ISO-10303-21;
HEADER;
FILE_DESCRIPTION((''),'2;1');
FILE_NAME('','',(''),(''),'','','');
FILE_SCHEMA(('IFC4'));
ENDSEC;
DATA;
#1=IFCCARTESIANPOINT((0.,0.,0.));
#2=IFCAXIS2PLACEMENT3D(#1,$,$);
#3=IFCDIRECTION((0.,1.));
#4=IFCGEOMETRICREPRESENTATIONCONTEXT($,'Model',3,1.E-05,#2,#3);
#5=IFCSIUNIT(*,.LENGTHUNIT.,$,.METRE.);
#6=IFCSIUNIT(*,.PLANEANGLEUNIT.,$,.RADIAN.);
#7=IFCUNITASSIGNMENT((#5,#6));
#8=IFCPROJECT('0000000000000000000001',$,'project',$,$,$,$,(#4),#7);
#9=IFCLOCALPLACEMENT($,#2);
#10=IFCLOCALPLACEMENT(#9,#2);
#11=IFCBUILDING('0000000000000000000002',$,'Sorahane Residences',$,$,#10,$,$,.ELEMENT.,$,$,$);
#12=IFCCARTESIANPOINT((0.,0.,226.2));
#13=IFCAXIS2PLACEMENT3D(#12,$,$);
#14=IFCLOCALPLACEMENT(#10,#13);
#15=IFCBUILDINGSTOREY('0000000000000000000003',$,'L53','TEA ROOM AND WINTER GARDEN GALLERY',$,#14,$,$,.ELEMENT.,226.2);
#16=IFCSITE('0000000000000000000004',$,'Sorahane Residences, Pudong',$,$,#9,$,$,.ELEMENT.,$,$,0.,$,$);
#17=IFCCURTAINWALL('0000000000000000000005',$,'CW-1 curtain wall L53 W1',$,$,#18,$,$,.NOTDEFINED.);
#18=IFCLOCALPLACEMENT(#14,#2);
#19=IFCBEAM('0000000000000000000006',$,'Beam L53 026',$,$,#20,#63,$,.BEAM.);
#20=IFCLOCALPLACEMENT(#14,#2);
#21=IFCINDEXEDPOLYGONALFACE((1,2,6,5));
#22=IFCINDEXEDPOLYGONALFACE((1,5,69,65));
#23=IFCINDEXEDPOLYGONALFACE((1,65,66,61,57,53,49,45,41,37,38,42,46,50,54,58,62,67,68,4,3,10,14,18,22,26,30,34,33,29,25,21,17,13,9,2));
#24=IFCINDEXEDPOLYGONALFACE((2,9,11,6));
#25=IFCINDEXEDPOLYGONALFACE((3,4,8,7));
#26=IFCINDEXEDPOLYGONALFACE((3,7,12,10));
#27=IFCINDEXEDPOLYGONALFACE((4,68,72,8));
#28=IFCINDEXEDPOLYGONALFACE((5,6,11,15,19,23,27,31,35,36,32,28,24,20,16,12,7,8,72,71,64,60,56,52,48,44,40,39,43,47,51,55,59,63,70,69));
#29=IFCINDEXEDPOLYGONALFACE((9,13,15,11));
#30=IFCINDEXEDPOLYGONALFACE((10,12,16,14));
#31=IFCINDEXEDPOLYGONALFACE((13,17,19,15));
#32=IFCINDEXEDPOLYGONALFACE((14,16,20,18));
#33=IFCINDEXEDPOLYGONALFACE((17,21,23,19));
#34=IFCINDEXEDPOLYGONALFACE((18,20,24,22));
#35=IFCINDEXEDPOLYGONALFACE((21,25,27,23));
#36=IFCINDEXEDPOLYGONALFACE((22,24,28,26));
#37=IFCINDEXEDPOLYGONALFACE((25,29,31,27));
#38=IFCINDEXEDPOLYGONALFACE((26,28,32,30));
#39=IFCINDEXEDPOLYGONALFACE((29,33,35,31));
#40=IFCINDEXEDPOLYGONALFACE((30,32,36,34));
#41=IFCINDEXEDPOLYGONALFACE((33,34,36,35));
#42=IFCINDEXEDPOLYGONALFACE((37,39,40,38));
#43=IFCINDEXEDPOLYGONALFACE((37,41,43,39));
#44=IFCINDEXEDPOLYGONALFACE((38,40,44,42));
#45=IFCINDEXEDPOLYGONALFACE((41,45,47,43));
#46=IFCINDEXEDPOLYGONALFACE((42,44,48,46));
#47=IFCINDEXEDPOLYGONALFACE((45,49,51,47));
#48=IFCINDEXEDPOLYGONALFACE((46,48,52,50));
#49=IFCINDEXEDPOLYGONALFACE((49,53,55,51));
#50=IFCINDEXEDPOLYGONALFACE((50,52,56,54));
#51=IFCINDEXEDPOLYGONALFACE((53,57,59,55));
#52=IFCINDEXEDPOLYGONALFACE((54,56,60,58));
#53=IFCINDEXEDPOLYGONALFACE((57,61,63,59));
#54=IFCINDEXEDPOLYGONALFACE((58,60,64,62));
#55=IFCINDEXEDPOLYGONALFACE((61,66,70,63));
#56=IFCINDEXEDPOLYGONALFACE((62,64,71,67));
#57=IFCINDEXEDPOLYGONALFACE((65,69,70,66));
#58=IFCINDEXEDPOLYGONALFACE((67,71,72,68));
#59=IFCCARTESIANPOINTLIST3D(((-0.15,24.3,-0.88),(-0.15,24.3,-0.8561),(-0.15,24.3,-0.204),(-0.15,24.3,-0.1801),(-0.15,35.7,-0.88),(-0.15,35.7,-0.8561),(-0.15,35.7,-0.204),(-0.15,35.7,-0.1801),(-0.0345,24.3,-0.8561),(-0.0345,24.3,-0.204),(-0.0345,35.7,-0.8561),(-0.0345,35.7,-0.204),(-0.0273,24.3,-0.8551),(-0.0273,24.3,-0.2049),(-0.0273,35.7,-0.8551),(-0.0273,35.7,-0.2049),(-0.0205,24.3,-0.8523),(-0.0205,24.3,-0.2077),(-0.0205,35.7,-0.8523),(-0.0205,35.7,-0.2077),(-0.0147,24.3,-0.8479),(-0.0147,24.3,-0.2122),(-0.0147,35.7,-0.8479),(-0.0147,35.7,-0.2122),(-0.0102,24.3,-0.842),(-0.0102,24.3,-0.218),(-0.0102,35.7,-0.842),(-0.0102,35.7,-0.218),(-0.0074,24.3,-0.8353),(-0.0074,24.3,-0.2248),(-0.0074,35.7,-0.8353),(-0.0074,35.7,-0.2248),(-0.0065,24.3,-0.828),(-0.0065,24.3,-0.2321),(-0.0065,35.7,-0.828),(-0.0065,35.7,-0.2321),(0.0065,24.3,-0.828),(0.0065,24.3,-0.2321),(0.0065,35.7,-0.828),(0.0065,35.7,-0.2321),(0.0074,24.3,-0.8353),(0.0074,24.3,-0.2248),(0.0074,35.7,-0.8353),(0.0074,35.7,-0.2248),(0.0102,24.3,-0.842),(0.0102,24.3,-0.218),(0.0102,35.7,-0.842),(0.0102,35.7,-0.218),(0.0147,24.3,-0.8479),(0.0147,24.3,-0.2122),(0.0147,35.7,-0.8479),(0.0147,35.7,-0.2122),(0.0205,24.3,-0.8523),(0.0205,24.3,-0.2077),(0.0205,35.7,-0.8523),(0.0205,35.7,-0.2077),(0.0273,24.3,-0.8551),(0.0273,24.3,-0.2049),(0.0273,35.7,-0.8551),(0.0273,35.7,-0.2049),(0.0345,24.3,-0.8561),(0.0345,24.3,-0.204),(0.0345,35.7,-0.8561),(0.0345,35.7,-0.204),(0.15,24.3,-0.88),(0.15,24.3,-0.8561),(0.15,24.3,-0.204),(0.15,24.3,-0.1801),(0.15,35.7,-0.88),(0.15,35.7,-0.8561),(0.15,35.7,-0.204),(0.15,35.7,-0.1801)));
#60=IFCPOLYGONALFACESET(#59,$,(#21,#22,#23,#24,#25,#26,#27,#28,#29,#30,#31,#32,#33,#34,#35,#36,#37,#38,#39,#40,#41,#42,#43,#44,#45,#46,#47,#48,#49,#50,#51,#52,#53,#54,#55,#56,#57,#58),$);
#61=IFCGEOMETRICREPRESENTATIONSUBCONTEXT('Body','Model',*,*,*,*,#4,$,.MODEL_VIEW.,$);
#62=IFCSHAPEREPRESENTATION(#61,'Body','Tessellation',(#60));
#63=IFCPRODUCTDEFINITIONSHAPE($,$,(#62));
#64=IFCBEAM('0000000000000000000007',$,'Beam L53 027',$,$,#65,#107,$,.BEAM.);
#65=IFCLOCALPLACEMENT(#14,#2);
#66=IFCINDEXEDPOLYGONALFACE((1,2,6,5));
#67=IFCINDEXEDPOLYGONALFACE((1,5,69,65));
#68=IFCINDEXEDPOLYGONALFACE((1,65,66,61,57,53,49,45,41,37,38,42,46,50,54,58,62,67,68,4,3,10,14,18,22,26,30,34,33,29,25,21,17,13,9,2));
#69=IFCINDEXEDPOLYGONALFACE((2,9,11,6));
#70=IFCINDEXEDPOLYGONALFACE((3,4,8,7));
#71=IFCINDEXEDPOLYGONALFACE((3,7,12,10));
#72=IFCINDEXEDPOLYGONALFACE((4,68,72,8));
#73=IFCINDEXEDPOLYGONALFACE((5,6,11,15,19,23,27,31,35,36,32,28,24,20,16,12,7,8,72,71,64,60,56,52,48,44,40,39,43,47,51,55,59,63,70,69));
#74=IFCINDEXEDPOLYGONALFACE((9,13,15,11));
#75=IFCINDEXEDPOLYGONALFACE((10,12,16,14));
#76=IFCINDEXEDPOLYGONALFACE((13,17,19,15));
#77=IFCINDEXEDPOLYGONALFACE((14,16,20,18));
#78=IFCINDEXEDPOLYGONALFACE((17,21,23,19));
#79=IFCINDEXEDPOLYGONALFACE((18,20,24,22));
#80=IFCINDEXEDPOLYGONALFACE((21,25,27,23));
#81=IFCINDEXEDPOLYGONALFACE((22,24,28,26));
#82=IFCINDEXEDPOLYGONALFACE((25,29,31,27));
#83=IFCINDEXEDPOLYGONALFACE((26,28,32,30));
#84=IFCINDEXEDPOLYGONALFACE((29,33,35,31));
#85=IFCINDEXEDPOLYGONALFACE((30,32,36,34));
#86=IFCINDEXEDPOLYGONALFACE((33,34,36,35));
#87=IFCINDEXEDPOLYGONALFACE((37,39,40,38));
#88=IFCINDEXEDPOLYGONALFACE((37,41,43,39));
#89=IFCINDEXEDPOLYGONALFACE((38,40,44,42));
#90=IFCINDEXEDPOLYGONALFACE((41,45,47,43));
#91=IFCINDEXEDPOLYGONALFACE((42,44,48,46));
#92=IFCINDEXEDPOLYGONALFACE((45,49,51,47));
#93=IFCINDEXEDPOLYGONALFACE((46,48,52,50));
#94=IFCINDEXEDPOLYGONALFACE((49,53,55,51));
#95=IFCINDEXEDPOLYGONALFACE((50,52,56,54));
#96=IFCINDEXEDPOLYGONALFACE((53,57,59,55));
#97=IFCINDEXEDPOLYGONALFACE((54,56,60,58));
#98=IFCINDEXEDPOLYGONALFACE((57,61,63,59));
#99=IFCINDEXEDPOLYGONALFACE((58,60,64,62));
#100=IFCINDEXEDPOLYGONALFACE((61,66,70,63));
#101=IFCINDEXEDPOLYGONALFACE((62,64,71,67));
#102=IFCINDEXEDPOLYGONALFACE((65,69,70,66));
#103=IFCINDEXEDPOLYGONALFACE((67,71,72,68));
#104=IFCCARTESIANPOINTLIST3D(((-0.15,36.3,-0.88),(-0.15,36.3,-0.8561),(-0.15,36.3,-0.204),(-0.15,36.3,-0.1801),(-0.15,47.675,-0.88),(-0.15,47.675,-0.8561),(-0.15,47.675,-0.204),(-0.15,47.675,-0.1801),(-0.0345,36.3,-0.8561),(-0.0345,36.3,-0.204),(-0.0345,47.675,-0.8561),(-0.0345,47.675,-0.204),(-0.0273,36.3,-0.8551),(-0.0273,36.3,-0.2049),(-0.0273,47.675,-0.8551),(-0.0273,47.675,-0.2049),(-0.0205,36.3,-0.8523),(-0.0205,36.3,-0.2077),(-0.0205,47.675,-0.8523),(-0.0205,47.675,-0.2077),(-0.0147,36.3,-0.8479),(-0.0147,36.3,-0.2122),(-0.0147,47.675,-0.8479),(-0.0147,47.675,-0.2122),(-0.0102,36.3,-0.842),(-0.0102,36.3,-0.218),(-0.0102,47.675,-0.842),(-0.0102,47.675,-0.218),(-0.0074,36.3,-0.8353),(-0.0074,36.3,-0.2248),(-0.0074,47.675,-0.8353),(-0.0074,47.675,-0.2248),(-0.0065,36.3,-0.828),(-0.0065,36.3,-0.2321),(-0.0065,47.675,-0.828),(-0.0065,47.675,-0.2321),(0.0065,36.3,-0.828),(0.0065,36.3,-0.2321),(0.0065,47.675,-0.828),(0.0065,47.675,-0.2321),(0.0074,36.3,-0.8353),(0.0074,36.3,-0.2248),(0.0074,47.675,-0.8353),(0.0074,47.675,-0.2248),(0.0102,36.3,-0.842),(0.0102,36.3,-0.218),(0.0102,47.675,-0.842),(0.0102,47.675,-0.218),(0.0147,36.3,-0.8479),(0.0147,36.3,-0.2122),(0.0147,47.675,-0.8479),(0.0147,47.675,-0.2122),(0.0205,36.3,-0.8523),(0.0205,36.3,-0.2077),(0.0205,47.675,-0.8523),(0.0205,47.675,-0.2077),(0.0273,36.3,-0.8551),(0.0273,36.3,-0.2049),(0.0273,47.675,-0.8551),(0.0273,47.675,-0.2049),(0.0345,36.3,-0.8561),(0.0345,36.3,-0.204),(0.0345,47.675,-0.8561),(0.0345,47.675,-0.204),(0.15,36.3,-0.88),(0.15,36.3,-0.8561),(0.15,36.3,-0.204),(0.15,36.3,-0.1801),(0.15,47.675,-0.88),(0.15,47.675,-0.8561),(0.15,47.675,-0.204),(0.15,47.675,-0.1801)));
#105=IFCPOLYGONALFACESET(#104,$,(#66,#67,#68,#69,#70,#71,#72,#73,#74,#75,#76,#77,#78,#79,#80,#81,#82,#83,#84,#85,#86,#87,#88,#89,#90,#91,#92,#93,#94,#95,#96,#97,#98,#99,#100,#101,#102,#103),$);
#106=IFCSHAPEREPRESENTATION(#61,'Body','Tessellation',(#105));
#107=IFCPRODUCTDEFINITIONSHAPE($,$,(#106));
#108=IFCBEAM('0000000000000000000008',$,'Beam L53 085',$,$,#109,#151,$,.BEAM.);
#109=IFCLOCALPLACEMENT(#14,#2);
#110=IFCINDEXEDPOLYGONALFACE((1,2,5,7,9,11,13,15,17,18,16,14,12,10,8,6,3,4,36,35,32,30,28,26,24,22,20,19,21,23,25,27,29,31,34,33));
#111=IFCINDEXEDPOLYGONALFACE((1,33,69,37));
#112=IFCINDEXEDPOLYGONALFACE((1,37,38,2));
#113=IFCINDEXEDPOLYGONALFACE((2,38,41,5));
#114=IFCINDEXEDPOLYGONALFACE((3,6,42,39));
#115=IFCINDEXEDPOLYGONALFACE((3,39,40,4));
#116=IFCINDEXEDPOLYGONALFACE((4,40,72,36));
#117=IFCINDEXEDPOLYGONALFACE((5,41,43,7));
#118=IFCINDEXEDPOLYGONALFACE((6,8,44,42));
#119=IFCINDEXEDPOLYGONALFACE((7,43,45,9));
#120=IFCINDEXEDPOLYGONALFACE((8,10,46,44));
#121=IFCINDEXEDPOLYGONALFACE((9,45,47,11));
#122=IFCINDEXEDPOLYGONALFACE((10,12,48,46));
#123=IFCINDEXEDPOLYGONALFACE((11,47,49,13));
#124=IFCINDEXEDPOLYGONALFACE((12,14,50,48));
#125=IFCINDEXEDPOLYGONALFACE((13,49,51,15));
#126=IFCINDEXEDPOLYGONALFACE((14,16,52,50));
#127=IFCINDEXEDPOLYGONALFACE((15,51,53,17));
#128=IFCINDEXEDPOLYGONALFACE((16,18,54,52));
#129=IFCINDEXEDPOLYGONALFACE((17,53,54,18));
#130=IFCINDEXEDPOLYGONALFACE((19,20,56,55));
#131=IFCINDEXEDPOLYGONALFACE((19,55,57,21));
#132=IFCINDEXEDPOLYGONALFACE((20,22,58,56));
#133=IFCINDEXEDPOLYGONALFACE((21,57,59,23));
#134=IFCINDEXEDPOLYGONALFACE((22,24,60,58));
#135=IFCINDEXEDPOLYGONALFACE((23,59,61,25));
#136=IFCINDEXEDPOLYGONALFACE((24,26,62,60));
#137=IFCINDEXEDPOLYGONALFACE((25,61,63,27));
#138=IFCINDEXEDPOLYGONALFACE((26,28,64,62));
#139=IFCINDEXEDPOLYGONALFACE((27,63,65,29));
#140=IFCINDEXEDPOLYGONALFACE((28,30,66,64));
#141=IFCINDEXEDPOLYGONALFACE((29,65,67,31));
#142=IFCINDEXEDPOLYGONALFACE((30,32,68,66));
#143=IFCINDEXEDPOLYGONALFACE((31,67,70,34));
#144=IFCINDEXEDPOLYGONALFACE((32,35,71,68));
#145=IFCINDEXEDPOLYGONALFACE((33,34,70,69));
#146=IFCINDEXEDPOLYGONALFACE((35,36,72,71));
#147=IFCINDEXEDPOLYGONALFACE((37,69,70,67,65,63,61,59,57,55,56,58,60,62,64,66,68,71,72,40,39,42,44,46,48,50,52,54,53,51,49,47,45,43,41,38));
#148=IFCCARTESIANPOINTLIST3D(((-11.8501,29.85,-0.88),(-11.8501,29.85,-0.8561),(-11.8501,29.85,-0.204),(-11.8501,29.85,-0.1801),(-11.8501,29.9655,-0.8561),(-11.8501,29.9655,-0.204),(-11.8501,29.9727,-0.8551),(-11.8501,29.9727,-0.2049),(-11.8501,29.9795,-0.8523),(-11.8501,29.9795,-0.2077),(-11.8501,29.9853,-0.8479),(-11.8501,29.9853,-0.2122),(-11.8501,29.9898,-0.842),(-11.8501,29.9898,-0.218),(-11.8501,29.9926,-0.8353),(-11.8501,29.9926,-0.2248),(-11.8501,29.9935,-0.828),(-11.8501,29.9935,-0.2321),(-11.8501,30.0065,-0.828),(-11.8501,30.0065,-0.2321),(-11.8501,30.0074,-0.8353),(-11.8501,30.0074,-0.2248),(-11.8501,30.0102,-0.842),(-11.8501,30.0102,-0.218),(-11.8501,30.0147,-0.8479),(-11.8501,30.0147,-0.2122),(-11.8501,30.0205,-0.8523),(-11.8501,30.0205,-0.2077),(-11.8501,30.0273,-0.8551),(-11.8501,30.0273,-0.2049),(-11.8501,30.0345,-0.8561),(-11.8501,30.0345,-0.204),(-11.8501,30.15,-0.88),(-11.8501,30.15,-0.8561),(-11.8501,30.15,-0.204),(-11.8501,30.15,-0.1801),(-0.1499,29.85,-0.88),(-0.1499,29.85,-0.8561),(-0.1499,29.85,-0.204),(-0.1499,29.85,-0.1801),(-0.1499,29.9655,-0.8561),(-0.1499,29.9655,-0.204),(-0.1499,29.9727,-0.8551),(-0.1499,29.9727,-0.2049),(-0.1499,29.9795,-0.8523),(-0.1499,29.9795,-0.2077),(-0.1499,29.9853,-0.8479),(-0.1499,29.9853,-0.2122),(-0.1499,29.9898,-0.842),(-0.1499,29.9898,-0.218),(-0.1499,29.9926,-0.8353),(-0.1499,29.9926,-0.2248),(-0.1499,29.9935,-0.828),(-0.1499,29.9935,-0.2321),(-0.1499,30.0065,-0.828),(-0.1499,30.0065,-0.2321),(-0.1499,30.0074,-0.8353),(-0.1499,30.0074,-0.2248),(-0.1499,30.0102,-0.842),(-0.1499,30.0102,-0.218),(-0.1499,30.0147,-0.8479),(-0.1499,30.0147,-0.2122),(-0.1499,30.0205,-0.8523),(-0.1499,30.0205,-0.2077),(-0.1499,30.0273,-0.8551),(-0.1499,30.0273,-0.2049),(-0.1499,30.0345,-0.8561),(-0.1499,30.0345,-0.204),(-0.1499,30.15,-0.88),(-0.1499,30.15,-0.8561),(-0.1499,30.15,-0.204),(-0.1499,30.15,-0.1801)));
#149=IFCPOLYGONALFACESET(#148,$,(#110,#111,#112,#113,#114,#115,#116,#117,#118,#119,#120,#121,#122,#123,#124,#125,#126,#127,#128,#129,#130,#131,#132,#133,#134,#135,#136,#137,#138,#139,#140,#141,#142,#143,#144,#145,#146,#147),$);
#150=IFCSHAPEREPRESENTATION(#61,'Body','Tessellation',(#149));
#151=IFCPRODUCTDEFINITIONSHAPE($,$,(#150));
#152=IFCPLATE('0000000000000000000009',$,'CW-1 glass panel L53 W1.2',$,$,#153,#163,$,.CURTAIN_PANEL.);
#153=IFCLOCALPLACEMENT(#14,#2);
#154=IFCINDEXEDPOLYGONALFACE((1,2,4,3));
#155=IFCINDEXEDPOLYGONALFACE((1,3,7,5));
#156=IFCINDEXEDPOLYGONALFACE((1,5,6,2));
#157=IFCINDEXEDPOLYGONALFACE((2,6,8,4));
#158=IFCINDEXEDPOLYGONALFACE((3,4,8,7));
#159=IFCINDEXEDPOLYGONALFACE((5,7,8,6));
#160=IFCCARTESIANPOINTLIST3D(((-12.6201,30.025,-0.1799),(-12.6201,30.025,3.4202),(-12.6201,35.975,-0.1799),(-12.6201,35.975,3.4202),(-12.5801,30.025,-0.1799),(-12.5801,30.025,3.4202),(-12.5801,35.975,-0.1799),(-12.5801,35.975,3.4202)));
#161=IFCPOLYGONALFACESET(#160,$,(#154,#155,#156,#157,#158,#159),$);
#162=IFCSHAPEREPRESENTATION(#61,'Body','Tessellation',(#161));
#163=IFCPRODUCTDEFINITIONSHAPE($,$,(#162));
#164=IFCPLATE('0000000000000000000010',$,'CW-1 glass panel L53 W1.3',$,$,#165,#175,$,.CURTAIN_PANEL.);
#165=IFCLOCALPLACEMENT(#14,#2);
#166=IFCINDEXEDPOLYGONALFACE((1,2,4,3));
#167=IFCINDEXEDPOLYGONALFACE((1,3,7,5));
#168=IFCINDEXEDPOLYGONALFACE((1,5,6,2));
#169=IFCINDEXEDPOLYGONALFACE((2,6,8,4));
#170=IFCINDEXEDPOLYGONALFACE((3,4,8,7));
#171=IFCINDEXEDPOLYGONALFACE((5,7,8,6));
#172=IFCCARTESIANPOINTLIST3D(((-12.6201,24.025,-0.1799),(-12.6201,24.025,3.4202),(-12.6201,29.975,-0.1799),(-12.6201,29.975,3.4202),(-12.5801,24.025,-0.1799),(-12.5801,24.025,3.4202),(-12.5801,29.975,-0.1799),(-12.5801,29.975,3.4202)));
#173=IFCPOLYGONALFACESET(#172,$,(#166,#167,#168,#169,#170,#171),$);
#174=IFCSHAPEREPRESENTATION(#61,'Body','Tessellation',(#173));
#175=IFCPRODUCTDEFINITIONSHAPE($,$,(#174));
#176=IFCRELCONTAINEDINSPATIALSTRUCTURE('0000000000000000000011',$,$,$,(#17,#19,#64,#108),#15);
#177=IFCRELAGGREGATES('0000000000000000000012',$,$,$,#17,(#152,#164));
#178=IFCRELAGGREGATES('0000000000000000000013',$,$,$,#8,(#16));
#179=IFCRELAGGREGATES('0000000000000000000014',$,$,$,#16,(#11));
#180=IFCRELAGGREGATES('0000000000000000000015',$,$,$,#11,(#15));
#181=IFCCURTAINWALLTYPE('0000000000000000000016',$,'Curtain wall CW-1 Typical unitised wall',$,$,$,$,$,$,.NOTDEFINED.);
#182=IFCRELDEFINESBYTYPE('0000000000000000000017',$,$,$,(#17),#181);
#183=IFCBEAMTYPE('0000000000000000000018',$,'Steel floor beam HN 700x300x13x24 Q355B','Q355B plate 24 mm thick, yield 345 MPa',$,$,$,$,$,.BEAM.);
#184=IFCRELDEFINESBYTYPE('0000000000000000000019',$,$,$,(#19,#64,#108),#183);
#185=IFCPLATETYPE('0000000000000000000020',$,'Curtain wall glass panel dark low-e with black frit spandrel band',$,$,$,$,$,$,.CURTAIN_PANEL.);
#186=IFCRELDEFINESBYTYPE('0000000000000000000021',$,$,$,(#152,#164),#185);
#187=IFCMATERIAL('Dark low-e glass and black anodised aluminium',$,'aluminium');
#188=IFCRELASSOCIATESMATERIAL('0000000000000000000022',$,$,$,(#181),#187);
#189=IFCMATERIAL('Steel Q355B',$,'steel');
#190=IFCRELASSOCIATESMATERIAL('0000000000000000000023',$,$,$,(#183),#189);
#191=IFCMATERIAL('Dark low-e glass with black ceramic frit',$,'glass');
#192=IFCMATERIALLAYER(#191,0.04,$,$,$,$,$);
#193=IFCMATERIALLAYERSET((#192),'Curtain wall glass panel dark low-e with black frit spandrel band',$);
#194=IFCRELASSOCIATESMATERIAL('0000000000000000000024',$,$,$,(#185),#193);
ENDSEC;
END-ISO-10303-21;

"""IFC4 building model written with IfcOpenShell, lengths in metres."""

from ifc_helpers import new_model, si_unit, direction, frame, origin, origin_2d, place, context, subcontext, project, spatial, rectangle, i_section, extrude, material, layer, layer_set, material_profile, profile_set, type_object, element, aggregate, save


model = new_model("IFC4")

# Units and contexts
model_context = context("Model", 3, precision=1e-05, world=origin(), true_north=direction((0.0, 1.0)))
body_context = subcontext(model_context, "Body", "Model", "MODEL_VIEW")
ifc_project = project(units=[si_unit("LENGTHUNIT", "METRE"), si_unit("PLANEANGLEUNIT", "RADIAN")], contexts=[model_context])

# Site, building, storey
site_placement = place(None, origin())
site = spatial("IfcSite", under=ifc_project, at=site_placement, Name="Sorahane Residences, Pudong", CompositionType="ELEMENT", RefElevation=0.0)
building_placement = place(site_placement, origin())
building = spatial("IfcBuilding", under=site, at=building_placement, Name="Sorahane Residences", CompositionType="ELEMENT")
storey_placement = place(building_placement, frame((0.0, 0.0, 226.2)))
storey = spatial("IfcBuildingStorey", under=building, at=storey_placement, Name="L53", Description="TEA ROOM AND WINTER GARDEN GALLERY", CompositionType="ELEMENT", Elevation=226.2)

# Curtain wall
ifc_material_1 = material(Name="Dark low-e glass and black anodised aluminium", Category="aluminium")
curtain_wall_type = type_object("IfcCurtainWallType", Name="Curtain wall CW-1 Typical unitised wall", PredefinedType="NOTDEFINED", material=ifc_material_1)
curtain_wall_placement = place(storey_placement, origin())
curtain_wall = element("IfcCurtainWall", 1, at=curtain_wall_placement, inside=storey, type_object=curtain_wall_type, Name="CW-1 curtain wall L53 W1", PredefinedType="NOTDEFINED")

# Beams
ifc_material_2 = material(Name="Steel Q355B", Category="steel")
ifc_material_profile_1 = material_profile(ifc_material_2, i_section(OverallWidth=0.3, OverallDepth=0.7, WebThickness=0.0129, FlangeThickness=0.0239, FilletRadius=0.0281, at=origin_2d()), Name="HN 700x300x13x24")
ifc_profile_set_1 = profile_set([ifc_material_profile_1], Name="Steel Q355B")
beam_type_1 = type_object("IfcBeamType", Name="Steel floor beam HN 700x300x13x24 Q355B", Description="Q355B plate 24 mm thick, yield 345 MPa", PredefinedType="BEAM", material=ifc_profile_set_1)
beam_1_placement = place(storey_placement, frame((0.0, 24.3, -0.53), z_axis=(0.0, 1.0, 0.0), x_axis=(-1.0, 0.0, 0.0)))
element("IfcBeam", 2, at=beam_1_placement, inside=storey, type_object=beam_type_1, Name="Beam L53 026", PredefinedType="BEAM", context=body_context, shape_type="SweptSolid", body=[
    extrude(i_section(OverallWidth=0.3, OverallDepth=0.7, WebThickness=0.0129, FlangeThickness=0.0239, FilletRadius=0.0281, at=origin_2d()), origin(), (0.0, 0.0, 1.0), 11.3999),
])
beam_2_placement = place(storey_placement, frame((0.0, 36.3, -0.53), z_axis=(0.0, 1.0, 0.0), x_axis=(-1.0, 0.0, 0.0)))
element("IfcBeam", 3, at=beam_2_placement, inside=storey, type_object=beam_type_1, Name="Beam L53 027", PredefinedType="BEAM", context=body_context, shape_type="SweptSolid", body=[
    extrude(i_section(OverallWidth=0.3, OverallDepth=0.7, WebThickness=0.0129, FlangeThickness=0.0239, FilletRadius=0.0281, at=origin_2d()), origin(), (0.0, 0.0, 1.0), 11.375),
])
beam_3_placement = place(storey_placement, frame((-11.8501, 30.0, -0.53), z_axis=(1.0, 0.0, 0.0), x_axis=(0.0, 1.0, 0.0)))
element("IfcBeam", 4, at=beam_3_placement, inside=storey, type_object=beam_type_1, Name="Beam L53 085", PredefinedType="BEAM", context=body_context, shape_type="SweptSolid", body=[
    extrude(i_section(OverallWidth=0.3, OverallDepth=0.7, WebThickness=0.0129, FlangeThickness=0.0239, FilletRadius=0.0281, at=origin_2d()), origin(), (0.0, 0.0, 1.0), 11.7002),
])

# Plates
ifc_material_3 = material(Name="Dark low-e glass with black ceramic frit", Category="glass")
ifc_layer_1 = layer(ifc_material_3, 0.04)
ifc_layer_set_1 = layer_set([ifc_layer_1], Name="Curtain wall glass panel dark low-e with black frit spandrel band")
plate_type = type_object("IfcPlateType", Name="Curtain wall glass panel dark low-e with black frit spandrel band", PredefinedType="CURTAIN_PANEL", material=ifc_layer_set_1)
plate_1_placement = place(storey_placement, frame((-12.6001, 33.0, -0.1799), z_axis=(0.0, 0.0, 1.0), x_axis=(0.0, -1.0, 0.0)))
plate_1 = element("IfcPlate", 5, at=plate_1_placement, type_object=plate_type, Name="CW-1 glass panel L53 W1.2", PredefinedType="CURTAIN_PANEL", context=body_context, shape_type="SweptSolid", body=[
    extrude(rectangle(XDim=5.95, YDim=0.04, at=origin_2d()), origin(), (0.0, 0.0, 1.0), 3.6001),
])
plate_2_placement = place(storey_placement, frame((-12.6001, 27.0, -0.1799), z_axis=(0.0, 0.0, 1.0), x_axis=(0.0, -1.0, 0.0)))
plate_2 = element("IfcPlate", 6, at=plate_2_placement, type_object=plate_type, Name="CW-1 glass panel L53 W1.3", PredefinedType="CURTAIN_PANEL", context=body_context, shape_type="SweptSolid", body=[
    extrude(rectangle(XDim=5.95, YDim=0.04, at=origin_2d()), origin(), (0.0, 0.0, 1.0), 3.6001),
])
aggregate(curtain_wall, [plate_1, plate_2])

save(model, "model.ifc")
